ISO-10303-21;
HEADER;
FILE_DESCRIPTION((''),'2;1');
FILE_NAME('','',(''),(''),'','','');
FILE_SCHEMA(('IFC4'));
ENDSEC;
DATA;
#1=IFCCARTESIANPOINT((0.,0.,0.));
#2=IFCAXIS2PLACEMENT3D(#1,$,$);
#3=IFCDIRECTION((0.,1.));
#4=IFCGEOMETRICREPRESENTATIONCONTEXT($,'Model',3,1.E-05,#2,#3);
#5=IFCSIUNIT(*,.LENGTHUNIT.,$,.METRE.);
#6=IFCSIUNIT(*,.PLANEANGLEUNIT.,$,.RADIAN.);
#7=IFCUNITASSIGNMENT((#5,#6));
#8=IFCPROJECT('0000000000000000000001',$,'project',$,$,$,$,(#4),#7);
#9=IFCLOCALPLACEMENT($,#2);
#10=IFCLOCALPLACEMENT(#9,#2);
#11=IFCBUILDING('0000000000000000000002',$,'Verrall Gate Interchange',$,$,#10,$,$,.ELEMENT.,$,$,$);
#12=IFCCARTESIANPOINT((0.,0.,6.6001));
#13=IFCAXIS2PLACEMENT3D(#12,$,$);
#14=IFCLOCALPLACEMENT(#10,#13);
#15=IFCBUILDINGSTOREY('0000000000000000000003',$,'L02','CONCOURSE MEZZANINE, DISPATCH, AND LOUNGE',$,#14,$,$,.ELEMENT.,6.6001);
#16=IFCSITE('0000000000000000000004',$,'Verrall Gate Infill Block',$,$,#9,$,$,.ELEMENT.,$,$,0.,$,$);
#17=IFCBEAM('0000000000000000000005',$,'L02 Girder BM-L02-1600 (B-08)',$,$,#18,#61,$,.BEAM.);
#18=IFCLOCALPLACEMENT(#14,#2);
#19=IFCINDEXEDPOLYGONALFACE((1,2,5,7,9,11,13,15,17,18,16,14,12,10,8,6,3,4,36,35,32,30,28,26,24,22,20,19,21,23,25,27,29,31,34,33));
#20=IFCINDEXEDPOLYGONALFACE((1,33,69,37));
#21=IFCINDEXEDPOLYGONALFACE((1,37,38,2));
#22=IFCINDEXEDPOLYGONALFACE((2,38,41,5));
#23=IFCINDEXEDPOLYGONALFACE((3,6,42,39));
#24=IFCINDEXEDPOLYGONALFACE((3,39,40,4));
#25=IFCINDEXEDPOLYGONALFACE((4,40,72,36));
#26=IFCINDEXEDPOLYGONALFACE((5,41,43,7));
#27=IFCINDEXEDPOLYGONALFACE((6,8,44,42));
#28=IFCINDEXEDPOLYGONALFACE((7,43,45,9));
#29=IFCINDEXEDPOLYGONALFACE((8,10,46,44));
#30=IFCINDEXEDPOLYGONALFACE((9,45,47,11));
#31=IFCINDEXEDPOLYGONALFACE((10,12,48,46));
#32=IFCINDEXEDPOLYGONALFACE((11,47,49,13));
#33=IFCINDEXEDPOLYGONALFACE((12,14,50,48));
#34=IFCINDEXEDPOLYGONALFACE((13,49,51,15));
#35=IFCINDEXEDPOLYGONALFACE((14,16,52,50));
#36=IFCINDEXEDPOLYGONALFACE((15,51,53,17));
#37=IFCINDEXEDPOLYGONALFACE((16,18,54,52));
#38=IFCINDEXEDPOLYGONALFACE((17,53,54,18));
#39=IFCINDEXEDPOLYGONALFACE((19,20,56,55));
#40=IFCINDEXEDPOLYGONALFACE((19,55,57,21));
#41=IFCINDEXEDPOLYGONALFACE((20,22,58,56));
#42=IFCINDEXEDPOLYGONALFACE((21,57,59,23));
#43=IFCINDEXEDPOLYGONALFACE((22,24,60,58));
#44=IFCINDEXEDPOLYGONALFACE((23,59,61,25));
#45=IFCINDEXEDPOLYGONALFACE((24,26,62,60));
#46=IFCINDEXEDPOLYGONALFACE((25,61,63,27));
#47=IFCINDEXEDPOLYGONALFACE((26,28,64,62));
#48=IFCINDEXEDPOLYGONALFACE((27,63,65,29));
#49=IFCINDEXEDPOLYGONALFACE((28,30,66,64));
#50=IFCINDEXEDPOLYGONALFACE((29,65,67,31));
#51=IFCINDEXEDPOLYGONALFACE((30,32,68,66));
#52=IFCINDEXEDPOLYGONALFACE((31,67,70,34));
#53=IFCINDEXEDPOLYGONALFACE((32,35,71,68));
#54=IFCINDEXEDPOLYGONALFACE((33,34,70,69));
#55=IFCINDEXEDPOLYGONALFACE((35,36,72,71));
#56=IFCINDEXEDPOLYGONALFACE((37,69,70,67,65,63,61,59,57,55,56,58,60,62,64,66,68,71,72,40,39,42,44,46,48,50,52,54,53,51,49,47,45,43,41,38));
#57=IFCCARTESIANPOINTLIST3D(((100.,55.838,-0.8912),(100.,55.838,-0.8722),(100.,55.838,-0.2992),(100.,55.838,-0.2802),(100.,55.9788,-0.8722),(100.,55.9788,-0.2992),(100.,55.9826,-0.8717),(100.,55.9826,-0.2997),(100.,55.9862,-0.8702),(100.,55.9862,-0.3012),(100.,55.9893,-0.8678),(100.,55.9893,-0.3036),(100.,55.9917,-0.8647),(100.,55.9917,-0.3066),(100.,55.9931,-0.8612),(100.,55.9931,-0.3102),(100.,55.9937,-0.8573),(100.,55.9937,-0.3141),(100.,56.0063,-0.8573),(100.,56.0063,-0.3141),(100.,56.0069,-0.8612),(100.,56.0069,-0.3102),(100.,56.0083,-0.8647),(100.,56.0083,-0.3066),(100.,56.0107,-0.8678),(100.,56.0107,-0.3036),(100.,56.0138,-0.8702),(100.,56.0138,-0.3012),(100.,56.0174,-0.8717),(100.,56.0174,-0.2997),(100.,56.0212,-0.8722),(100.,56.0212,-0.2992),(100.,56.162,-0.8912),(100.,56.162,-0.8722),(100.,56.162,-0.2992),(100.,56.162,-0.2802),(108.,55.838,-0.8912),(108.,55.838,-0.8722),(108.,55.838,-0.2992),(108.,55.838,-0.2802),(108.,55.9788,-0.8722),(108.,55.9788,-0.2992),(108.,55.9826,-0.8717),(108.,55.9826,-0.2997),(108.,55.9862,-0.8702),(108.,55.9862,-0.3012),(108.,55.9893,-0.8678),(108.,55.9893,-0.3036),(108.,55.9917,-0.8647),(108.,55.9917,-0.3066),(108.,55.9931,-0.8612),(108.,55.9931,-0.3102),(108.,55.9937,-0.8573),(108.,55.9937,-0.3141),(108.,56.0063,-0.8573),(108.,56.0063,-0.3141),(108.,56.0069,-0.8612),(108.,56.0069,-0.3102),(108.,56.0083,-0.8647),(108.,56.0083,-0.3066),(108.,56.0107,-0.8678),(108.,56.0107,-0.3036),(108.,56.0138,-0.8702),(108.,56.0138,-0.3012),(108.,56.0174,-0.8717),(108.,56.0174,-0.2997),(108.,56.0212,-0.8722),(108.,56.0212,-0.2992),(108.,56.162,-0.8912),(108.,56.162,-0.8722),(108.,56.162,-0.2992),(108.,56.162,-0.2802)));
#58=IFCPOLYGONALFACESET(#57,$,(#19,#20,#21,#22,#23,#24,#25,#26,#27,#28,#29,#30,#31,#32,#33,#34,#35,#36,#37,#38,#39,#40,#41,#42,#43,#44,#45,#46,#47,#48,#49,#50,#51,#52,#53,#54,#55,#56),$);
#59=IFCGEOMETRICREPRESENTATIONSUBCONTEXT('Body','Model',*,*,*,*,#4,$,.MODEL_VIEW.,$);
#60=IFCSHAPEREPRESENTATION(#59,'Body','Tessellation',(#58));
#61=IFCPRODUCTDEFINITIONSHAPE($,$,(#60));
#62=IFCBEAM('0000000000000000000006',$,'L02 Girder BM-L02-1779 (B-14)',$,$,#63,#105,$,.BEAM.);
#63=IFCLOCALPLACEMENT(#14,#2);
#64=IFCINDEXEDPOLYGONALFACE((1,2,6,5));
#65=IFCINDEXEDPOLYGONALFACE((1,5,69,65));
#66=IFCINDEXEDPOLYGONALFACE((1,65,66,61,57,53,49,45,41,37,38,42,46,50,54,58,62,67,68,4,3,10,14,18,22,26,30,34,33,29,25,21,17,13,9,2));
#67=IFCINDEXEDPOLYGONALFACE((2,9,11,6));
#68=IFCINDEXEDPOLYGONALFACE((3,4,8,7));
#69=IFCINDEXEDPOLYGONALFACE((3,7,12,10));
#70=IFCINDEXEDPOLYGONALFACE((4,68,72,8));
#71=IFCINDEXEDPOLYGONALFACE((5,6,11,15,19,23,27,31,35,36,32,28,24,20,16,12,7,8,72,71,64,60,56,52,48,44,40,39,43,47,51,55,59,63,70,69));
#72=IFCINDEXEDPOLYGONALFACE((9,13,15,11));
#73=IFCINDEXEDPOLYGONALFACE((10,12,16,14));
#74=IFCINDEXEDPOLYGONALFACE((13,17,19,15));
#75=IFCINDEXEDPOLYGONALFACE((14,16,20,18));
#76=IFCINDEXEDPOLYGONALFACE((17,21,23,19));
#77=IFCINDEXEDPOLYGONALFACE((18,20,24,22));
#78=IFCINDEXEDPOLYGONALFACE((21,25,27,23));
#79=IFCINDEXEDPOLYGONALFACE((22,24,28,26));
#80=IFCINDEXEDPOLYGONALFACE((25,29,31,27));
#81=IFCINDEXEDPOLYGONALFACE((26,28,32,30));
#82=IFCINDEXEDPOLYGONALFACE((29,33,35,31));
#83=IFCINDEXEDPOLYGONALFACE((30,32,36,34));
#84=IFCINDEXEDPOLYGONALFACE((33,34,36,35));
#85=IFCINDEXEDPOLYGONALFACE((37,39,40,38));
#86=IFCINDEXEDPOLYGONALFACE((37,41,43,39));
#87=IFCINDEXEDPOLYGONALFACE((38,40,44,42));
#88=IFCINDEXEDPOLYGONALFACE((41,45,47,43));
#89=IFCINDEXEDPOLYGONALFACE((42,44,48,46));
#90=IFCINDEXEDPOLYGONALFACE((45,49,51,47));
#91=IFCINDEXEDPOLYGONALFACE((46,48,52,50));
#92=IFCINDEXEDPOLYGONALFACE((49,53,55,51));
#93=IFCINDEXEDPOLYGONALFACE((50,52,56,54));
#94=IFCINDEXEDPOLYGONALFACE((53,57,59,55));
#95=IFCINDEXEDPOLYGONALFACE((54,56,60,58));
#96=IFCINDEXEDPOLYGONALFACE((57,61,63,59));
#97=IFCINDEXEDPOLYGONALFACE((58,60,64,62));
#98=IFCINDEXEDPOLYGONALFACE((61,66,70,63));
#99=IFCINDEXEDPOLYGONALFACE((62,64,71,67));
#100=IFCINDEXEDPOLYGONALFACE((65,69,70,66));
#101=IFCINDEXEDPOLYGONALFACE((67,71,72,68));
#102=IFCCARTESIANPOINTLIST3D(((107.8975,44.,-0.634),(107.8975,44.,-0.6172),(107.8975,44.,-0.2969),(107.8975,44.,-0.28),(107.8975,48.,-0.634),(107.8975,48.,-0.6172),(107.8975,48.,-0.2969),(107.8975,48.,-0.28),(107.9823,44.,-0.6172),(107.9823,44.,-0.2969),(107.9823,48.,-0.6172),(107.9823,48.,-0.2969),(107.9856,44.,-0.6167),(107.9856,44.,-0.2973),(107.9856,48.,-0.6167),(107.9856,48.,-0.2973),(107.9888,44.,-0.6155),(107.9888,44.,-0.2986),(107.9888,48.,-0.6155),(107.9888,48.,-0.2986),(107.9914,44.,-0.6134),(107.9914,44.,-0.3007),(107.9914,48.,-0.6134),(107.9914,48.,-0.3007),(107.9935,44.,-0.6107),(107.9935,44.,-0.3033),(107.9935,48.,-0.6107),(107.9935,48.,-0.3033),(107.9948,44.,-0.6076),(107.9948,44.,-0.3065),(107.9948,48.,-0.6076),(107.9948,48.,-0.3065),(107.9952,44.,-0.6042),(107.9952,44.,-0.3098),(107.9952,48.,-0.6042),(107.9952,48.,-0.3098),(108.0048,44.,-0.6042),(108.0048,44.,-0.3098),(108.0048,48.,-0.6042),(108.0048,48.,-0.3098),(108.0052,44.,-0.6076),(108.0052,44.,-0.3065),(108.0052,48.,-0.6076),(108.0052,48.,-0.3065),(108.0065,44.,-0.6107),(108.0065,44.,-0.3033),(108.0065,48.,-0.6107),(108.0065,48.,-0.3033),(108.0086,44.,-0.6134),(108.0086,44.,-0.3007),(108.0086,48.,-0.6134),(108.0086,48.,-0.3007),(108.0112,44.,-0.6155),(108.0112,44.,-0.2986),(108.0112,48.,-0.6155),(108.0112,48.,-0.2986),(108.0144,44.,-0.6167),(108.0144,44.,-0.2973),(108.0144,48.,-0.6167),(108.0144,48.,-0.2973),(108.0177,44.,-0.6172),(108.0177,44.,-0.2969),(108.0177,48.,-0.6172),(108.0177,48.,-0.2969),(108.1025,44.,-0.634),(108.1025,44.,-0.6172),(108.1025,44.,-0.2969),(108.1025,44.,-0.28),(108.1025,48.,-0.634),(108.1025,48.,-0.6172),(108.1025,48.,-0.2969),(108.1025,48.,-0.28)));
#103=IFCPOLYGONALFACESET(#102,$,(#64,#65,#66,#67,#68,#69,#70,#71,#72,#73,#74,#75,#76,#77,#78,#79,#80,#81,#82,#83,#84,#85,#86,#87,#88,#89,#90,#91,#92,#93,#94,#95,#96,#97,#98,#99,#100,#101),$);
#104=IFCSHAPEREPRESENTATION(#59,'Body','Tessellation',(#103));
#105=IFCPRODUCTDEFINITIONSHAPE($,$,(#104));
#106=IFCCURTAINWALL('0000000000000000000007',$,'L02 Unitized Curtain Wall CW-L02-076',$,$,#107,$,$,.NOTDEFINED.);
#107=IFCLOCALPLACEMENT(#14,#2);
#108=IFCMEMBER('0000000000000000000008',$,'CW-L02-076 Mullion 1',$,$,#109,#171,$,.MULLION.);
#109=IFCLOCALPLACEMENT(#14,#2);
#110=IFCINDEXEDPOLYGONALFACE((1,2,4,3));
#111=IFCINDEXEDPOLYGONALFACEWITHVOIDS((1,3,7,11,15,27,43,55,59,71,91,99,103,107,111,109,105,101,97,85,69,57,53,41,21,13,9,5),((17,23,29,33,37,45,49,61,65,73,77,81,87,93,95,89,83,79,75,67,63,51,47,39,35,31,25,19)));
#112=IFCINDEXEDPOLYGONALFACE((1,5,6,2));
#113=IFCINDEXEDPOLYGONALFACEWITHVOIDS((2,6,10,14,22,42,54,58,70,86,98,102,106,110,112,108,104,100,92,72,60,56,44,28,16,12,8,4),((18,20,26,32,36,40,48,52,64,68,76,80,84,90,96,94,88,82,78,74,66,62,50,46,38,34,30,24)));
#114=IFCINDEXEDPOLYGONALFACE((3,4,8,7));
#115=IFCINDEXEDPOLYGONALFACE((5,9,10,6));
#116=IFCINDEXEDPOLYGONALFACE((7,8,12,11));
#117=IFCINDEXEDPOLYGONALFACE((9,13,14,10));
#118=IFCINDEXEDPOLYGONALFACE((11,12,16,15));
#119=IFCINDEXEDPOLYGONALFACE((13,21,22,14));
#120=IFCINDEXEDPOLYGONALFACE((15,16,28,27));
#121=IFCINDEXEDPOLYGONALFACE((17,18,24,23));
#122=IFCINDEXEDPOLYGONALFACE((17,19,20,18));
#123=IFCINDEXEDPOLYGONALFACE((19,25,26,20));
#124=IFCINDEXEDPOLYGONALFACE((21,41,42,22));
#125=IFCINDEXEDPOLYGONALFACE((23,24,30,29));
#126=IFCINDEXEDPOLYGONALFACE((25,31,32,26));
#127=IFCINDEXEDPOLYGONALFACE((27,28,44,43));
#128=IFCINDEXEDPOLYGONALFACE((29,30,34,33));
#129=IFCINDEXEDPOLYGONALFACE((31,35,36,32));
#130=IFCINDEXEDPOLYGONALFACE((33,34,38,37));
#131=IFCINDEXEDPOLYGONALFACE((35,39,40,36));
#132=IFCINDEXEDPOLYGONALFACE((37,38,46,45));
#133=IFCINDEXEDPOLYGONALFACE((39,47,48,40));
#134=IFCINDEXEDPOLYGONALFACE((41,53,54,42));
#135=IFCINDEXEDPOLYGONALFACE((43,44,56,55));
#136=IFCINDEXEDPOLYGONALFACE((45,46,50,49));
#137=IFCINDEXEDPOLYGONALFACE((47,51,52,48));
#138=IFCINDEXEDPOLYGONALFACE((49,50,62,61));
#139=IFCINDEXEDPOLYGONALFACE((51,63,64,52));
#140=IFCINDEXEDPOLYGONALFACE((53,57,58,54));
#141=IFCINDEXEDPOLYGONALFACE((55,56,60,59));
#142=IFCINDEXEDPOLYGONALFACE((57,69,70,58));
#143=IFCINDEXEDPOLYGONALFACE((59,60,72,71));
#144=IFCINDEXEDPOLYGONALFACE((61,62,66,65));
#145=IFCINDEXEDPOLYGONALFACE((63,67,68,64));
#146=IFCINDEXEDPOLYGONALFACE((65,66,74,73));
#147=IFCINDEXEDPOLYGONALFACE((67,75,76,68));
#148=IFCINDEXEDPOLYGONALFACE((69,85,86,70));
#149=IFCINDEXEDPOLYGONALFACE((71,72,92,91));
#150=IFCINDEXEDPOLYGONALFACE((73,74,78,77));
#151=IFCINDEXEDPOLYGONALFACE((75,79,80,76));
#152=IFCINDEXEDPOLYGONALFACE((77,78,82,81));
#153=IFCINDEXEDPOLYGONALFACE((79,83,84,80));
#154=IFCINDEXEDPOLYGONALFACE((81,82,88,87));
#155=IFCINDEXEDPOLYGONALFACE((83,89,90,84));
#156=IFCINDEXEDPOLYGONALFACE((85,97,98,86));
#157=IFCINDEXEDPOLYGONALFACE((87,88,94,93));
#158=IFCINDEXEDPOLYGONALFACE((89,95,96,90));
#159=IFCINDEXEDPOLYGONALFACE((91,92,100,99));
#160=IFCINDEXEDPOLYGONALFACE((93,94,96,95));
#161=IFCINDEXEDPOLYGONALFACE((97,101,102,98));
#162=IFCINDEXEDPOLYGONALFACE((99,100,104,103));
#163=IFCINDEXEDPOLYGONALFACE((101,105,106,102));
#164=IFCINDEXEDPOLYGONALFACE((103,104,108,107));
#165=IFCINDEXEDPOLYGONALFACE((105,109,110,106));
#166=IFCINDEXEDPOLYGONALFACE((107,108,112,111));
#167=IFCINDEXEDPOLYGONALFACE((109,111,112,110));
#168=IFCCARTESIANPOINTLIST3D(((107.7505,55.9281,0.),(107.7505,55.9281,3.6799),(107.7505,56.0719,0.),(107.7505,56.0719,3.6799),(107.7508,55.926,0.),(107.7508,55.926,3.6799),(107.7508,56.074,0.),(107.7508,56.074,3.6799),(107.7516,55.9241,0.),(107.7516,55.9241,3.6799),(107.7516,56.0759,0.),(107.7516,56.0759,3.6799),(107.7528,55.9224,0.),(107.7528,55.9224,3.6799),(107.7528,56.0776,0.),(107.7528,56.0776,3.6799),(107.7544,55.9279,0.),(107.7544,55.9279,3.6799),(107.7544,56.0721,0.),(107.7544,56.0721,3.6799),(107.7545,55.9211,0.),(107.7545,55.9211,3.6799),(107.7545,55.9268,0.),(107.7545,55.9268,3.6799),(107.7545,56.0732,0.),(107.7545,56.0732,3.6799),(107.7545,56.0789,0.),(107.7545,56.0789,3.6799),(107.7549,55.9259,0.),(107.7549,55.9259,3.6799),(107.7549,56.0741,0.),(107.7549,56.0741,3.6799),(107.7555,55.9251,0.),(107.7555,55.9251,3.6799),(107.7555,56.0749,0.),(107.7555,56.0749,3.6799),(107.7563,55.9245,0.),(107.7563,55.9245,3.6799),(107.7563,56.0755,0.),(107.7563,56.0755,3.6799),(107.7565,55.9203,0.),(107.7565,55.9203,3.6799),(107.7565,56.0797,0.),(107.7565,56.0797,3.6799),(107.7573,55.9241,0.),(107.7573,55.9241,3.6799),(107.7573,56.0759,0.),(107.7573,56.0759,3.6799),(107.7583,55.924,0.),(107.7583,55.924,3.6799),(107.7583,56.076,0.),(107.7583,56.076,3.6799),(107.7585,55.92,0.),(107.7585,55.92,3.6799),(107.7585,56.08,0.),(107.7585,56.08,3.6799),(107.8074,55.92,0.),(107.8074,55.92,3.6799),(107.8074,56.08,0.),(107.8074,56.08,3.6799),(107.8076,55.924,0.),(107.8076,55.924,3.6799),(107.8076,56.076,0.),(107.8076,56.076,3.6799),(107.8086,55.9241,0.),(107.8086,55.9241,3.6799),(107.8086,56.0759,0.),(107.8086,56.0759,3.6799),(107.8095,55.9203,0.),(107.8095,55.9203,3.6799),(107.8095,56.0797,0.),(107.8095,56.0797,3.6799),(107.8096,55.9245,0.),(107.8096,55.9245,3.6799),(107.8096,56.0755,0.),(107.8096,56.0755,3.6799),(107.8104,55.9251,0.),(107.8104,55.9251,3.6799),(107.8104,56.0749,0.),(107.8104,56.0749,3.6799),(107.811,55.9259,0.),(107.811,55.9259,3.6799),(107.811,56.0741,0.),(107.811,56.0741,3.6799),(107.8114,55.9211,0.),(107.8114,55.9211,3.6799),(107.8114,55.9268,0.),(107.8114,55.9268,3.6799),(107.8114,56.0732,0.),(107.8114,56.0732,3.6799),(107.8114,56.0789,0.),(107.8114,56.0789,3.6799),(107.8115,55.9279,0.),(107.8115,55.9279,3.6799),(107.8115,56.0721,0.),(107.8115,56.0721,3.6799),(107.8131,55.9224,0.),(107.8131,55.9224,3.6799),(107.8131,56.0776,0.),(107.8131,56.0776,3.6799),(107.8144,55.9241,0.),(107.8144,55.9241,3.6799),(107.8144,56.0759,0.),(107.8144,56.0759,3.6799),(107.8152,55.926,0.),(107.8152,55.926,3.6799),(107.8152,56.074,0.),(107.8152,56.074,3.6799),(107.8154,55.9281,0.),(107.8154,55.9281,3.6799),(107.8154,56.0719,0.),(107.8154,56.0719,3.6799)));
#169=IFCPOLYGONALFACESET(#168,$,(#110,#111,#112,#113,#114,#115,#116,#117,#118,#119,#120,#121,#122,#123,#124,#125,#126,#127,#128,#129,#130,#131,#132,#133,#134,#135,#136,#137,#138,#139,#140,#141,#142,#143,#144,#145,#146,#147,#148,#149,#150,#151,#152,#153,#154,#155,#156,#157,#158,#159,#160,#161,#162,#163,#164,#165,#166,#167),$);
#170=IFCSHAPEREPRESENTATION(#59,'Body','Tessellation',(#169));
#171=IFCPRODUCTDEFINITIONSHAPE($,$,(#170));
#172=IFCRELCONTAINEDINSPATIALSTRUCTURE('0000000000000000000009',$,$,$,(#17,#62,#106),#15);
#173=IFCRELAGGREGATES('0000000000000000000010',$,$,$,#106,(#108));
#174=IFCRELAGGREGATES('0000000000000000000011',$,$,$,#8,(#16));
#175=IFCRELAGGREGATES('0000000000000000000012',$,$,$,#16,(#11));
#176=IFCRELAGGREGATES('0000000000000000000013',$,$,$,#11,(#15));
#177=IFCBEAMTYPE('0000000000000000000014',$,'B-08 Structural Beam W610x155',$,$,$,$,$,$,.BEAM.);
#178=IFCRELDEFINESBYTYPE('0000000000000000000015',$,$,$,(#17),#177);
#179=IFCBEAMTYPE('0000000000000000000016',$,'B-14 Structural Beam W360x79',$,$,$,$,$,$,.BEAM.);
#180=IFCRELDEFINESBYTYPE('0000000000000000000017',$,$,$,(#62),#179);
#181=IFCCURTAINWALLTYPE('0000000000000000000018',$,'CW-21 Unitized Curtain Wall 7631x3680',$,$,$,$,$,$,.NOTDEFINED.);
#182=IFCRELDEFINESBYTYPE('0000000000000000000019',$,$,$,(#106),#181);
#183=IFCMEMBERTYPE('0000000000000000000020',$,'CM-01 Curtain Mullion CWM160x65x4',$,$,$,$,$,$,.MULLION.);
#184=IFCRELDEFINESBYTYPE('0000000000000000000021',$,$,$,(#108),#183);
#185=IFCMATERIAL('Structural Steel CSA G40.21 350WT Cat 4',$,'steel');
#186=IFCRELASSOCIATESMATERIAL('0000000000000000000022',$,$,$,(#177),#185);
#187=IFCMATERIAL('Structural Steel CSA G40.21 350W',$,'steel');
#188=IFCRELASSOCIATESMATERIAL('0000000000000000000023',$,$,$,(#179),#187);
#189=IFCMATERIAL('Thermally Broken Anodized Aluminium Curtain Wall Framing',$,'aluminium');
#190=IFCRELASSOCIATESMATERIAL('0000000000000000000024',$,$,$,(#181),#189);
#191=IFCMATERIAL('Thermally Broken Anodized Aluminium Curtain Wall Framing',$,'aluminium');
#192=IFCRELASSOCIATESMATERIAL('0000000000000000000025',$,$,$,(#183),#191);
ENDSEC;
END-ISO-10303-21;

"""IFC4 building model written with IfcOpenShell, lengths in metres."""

from ifc_helpers import new_model, si_unit, direction, frame, origin, origin_2d, place, context, subcontext, project, spatial, hollow_rectangle, i_section, extrude, material, material_profile, profile_set, type_object, element, aggregate, save


model = new_model("IFC4")

# Units and contexts
model_context = context("Model", 3, precision=1e-05, world=origin(), true_north=direction((0.0, 1.0)))
body_context = subcontext(model_context, "Body", "Model", "MODEL_VIEW")
ifc_project = project(units=[si_unit("LENGTHUNIT", "METRE"), si_unit("PLANEANGLEUNIT", "RADIAN")], contexts=[model_context])

# Site, building, storey
site_placement = place(None, origin())
site = spatial("IfcSite", under=ifc_project, at=site_placement, Name="Verrall Gate Infill Block", CompositionType="ELEMENT", RefElevation=0.0)
building_placement = place(site_placement, origin())
building = spatial("IfcBuilding", under=site, at=building_placement, Name="Verrall Gate Interchange", CompositionType="ELEMENT")
storey_placement = place(building_placement, frame((0.0, 0.0, 6.6001)))
storey = spatial("IfcBuildingStorey", under=building, at=storey_placement, Name="L02", Description="CONCOURSE MEZZANINE, DISPATCH, AND LOUNGE", CompositionType="ELEMENT", Elevation=6.6001)

# Beams
ifc_material_1 = material(Name="Structural Steel CSA G40.21 350WT Cat 4", Category="steel")
ifc_material_profile_1 = material_profile(ifc_material_1, i_section(OverallWidth=0.324, OverallDepth=0.6111, WebThickness=0.0127, FlangeThickness=0.019, FilletRadius=0.0149, at=origin_2d()), Name="W610x155")
ifc_profile_set_1 = profile_set([ifc_material_profile_1], Name="Structural Steel CSA G40.21 350WT Cat 4")
beam_type_1 = type_object("IfcBeamType", Name="B-08 Structural Beam W610x155", PredefinedType="BEAM", material=ifc_profile_set_1)
for number, where, z_axis, x_axis, name in (
    (1, (100.0, 56.0, -0.5857), (1.0, 0.0, 0.0), (0.0, 1.0, 0.0), "L02 Girder BM-L02-1600 (B-08)"),
):
    element("IfcBeam", number, at=place(storey_placement, frame(where, z_axis=z_axis, x_axis=x_axis)), inside=storey, type_object=beam_type_1, Name=name, PredefinedType="BEAM", context=body_context, shape_type="SweptSolid", body=[
        extrude(i_section(OverallWidth=0.324, OverallDepth=0.6111, WebThickness=0.0127, FlangeThickness=0.019, FilletRadius=0.0149, at=origin_2d()), origin(), (0.0, 0.0, 1.0), 8.0),
    ])
ifc_material_2 = material(Name="Structural Steel CSA G40.21 350W", Category="steel")
ifc_material_profile_2 = material_profile(ifc_material_2, i_section(OverallWidth=0.2051, OverallDepth=0.354, WebThickness=0.0095, FlangeThickness=0.0168, FilletRadius=0.0129, at=origin_2d()), Name="W360x79")
ifc_profile_set_2 = profile_set([ifc_material_profile_2], Name="Structural Steel CSA G40.21 350W")
beam_type_2 = type_object("IfcBeamType", Name="B-14 Structural Beam W360x79", PredefinedType="BEAM", material=ifc_profile_set_2)
beam_1_placement = place(storey_placement, frame((108.0, 44.0, -0.457), z_axis=(0.0, 1.0, 0.0), x_axis=(-1.0, 0.0, 0.0)))
element("IfcBeam", 2, at=beam_1_placement, inside=storey, type_object=beam_type_2, Name="L02 Girder BM-L02-1779 (B-14)", PredefinedType="BEAM", context=body_context, shape_type="SweptSolid", body=[
    extrude(i_section(OverallWidth=0.2051, OverallDepth=0.354, WebThickness=0.0095, FlangeThickness=0.0168, FilletRadius=0.0129, at=origin_2d()), origin(), (0.0, 0.0, 1.0), 4.0),
])

# Curtain wall, member
ifc_material_3 = material(Name="Thermally Broken Anodized Aluminium Curtain Wall Framing", Category="aluminium")
curtain_wall_type_1 = type_object("IfcCurtainWallType", Name="CW-21 Unitized Curtain Wall 7631x3680", PredefinedType="NOTDEFINED", material=ifc_material_3)
curtain_wall_1_placement = place(storey_placement, origin())
curtain_wall_1 = element("IfcCurtainWall", 3, at=curtain_wall_1_placement, inside=storey, type_object=curtain_wall_type_1, Name="L02 Unitized Curtain Wall CW-L02-076", PredefinedType="NOTDEFINED")
ifc_material_4 = material(Name="Thermally Broken Anodized Aluminium Curtain Wall Framing", Category="aluminium")
ifc_material_profile_3 = material_profile(ifc_material_4, hollow_rectangle(XDim=0.0649, YDim=0.1599, WallThickness=0.0039, InnerFilletRadius=0.0039, OuterFilletRadius=0.0081, at=origin_2d()), Name="CWM160x65x4")
ifc_profile_set_3 = profile_set([ifc_material_profile_3], Name="Thermally Broken Anodized Aluminium Curtain Wall Framing")
member_type_1 = type_object("IfcMemberType", Name="CM-01 Curtain Mullion CWM160x65x4", PredefinedType="MULLION", material=ifc_profile_set_3)
member_1_placement = place(storey_placement, frame((107.783, 56.0, 0.0), z_axis=(0.0, 0.0, 1.0), x_axis=(-1.0, 0.0, 0.0)))
member_1 = element("IfcMember", 4, at=member_1_placement, type_object=member_type_1, Name="CW-L02-076 Mullion 1", PredefinedType="MULLION", context=body_context, shape_type="SweptSolid", body=[
    extrude(hollow_rectangle(XDim=0.0649, YDim=0.1599, WallThickness=0.0039, InnerFilletRadius=0.0039, OuterFilletRadius=0.0081, at=origin_2d()), origin(), (0.0, 0.0, 1.0), 3.6799),
])

aggregate(curtain_wall_1, [member_1])

save(model, "model.ifc")
